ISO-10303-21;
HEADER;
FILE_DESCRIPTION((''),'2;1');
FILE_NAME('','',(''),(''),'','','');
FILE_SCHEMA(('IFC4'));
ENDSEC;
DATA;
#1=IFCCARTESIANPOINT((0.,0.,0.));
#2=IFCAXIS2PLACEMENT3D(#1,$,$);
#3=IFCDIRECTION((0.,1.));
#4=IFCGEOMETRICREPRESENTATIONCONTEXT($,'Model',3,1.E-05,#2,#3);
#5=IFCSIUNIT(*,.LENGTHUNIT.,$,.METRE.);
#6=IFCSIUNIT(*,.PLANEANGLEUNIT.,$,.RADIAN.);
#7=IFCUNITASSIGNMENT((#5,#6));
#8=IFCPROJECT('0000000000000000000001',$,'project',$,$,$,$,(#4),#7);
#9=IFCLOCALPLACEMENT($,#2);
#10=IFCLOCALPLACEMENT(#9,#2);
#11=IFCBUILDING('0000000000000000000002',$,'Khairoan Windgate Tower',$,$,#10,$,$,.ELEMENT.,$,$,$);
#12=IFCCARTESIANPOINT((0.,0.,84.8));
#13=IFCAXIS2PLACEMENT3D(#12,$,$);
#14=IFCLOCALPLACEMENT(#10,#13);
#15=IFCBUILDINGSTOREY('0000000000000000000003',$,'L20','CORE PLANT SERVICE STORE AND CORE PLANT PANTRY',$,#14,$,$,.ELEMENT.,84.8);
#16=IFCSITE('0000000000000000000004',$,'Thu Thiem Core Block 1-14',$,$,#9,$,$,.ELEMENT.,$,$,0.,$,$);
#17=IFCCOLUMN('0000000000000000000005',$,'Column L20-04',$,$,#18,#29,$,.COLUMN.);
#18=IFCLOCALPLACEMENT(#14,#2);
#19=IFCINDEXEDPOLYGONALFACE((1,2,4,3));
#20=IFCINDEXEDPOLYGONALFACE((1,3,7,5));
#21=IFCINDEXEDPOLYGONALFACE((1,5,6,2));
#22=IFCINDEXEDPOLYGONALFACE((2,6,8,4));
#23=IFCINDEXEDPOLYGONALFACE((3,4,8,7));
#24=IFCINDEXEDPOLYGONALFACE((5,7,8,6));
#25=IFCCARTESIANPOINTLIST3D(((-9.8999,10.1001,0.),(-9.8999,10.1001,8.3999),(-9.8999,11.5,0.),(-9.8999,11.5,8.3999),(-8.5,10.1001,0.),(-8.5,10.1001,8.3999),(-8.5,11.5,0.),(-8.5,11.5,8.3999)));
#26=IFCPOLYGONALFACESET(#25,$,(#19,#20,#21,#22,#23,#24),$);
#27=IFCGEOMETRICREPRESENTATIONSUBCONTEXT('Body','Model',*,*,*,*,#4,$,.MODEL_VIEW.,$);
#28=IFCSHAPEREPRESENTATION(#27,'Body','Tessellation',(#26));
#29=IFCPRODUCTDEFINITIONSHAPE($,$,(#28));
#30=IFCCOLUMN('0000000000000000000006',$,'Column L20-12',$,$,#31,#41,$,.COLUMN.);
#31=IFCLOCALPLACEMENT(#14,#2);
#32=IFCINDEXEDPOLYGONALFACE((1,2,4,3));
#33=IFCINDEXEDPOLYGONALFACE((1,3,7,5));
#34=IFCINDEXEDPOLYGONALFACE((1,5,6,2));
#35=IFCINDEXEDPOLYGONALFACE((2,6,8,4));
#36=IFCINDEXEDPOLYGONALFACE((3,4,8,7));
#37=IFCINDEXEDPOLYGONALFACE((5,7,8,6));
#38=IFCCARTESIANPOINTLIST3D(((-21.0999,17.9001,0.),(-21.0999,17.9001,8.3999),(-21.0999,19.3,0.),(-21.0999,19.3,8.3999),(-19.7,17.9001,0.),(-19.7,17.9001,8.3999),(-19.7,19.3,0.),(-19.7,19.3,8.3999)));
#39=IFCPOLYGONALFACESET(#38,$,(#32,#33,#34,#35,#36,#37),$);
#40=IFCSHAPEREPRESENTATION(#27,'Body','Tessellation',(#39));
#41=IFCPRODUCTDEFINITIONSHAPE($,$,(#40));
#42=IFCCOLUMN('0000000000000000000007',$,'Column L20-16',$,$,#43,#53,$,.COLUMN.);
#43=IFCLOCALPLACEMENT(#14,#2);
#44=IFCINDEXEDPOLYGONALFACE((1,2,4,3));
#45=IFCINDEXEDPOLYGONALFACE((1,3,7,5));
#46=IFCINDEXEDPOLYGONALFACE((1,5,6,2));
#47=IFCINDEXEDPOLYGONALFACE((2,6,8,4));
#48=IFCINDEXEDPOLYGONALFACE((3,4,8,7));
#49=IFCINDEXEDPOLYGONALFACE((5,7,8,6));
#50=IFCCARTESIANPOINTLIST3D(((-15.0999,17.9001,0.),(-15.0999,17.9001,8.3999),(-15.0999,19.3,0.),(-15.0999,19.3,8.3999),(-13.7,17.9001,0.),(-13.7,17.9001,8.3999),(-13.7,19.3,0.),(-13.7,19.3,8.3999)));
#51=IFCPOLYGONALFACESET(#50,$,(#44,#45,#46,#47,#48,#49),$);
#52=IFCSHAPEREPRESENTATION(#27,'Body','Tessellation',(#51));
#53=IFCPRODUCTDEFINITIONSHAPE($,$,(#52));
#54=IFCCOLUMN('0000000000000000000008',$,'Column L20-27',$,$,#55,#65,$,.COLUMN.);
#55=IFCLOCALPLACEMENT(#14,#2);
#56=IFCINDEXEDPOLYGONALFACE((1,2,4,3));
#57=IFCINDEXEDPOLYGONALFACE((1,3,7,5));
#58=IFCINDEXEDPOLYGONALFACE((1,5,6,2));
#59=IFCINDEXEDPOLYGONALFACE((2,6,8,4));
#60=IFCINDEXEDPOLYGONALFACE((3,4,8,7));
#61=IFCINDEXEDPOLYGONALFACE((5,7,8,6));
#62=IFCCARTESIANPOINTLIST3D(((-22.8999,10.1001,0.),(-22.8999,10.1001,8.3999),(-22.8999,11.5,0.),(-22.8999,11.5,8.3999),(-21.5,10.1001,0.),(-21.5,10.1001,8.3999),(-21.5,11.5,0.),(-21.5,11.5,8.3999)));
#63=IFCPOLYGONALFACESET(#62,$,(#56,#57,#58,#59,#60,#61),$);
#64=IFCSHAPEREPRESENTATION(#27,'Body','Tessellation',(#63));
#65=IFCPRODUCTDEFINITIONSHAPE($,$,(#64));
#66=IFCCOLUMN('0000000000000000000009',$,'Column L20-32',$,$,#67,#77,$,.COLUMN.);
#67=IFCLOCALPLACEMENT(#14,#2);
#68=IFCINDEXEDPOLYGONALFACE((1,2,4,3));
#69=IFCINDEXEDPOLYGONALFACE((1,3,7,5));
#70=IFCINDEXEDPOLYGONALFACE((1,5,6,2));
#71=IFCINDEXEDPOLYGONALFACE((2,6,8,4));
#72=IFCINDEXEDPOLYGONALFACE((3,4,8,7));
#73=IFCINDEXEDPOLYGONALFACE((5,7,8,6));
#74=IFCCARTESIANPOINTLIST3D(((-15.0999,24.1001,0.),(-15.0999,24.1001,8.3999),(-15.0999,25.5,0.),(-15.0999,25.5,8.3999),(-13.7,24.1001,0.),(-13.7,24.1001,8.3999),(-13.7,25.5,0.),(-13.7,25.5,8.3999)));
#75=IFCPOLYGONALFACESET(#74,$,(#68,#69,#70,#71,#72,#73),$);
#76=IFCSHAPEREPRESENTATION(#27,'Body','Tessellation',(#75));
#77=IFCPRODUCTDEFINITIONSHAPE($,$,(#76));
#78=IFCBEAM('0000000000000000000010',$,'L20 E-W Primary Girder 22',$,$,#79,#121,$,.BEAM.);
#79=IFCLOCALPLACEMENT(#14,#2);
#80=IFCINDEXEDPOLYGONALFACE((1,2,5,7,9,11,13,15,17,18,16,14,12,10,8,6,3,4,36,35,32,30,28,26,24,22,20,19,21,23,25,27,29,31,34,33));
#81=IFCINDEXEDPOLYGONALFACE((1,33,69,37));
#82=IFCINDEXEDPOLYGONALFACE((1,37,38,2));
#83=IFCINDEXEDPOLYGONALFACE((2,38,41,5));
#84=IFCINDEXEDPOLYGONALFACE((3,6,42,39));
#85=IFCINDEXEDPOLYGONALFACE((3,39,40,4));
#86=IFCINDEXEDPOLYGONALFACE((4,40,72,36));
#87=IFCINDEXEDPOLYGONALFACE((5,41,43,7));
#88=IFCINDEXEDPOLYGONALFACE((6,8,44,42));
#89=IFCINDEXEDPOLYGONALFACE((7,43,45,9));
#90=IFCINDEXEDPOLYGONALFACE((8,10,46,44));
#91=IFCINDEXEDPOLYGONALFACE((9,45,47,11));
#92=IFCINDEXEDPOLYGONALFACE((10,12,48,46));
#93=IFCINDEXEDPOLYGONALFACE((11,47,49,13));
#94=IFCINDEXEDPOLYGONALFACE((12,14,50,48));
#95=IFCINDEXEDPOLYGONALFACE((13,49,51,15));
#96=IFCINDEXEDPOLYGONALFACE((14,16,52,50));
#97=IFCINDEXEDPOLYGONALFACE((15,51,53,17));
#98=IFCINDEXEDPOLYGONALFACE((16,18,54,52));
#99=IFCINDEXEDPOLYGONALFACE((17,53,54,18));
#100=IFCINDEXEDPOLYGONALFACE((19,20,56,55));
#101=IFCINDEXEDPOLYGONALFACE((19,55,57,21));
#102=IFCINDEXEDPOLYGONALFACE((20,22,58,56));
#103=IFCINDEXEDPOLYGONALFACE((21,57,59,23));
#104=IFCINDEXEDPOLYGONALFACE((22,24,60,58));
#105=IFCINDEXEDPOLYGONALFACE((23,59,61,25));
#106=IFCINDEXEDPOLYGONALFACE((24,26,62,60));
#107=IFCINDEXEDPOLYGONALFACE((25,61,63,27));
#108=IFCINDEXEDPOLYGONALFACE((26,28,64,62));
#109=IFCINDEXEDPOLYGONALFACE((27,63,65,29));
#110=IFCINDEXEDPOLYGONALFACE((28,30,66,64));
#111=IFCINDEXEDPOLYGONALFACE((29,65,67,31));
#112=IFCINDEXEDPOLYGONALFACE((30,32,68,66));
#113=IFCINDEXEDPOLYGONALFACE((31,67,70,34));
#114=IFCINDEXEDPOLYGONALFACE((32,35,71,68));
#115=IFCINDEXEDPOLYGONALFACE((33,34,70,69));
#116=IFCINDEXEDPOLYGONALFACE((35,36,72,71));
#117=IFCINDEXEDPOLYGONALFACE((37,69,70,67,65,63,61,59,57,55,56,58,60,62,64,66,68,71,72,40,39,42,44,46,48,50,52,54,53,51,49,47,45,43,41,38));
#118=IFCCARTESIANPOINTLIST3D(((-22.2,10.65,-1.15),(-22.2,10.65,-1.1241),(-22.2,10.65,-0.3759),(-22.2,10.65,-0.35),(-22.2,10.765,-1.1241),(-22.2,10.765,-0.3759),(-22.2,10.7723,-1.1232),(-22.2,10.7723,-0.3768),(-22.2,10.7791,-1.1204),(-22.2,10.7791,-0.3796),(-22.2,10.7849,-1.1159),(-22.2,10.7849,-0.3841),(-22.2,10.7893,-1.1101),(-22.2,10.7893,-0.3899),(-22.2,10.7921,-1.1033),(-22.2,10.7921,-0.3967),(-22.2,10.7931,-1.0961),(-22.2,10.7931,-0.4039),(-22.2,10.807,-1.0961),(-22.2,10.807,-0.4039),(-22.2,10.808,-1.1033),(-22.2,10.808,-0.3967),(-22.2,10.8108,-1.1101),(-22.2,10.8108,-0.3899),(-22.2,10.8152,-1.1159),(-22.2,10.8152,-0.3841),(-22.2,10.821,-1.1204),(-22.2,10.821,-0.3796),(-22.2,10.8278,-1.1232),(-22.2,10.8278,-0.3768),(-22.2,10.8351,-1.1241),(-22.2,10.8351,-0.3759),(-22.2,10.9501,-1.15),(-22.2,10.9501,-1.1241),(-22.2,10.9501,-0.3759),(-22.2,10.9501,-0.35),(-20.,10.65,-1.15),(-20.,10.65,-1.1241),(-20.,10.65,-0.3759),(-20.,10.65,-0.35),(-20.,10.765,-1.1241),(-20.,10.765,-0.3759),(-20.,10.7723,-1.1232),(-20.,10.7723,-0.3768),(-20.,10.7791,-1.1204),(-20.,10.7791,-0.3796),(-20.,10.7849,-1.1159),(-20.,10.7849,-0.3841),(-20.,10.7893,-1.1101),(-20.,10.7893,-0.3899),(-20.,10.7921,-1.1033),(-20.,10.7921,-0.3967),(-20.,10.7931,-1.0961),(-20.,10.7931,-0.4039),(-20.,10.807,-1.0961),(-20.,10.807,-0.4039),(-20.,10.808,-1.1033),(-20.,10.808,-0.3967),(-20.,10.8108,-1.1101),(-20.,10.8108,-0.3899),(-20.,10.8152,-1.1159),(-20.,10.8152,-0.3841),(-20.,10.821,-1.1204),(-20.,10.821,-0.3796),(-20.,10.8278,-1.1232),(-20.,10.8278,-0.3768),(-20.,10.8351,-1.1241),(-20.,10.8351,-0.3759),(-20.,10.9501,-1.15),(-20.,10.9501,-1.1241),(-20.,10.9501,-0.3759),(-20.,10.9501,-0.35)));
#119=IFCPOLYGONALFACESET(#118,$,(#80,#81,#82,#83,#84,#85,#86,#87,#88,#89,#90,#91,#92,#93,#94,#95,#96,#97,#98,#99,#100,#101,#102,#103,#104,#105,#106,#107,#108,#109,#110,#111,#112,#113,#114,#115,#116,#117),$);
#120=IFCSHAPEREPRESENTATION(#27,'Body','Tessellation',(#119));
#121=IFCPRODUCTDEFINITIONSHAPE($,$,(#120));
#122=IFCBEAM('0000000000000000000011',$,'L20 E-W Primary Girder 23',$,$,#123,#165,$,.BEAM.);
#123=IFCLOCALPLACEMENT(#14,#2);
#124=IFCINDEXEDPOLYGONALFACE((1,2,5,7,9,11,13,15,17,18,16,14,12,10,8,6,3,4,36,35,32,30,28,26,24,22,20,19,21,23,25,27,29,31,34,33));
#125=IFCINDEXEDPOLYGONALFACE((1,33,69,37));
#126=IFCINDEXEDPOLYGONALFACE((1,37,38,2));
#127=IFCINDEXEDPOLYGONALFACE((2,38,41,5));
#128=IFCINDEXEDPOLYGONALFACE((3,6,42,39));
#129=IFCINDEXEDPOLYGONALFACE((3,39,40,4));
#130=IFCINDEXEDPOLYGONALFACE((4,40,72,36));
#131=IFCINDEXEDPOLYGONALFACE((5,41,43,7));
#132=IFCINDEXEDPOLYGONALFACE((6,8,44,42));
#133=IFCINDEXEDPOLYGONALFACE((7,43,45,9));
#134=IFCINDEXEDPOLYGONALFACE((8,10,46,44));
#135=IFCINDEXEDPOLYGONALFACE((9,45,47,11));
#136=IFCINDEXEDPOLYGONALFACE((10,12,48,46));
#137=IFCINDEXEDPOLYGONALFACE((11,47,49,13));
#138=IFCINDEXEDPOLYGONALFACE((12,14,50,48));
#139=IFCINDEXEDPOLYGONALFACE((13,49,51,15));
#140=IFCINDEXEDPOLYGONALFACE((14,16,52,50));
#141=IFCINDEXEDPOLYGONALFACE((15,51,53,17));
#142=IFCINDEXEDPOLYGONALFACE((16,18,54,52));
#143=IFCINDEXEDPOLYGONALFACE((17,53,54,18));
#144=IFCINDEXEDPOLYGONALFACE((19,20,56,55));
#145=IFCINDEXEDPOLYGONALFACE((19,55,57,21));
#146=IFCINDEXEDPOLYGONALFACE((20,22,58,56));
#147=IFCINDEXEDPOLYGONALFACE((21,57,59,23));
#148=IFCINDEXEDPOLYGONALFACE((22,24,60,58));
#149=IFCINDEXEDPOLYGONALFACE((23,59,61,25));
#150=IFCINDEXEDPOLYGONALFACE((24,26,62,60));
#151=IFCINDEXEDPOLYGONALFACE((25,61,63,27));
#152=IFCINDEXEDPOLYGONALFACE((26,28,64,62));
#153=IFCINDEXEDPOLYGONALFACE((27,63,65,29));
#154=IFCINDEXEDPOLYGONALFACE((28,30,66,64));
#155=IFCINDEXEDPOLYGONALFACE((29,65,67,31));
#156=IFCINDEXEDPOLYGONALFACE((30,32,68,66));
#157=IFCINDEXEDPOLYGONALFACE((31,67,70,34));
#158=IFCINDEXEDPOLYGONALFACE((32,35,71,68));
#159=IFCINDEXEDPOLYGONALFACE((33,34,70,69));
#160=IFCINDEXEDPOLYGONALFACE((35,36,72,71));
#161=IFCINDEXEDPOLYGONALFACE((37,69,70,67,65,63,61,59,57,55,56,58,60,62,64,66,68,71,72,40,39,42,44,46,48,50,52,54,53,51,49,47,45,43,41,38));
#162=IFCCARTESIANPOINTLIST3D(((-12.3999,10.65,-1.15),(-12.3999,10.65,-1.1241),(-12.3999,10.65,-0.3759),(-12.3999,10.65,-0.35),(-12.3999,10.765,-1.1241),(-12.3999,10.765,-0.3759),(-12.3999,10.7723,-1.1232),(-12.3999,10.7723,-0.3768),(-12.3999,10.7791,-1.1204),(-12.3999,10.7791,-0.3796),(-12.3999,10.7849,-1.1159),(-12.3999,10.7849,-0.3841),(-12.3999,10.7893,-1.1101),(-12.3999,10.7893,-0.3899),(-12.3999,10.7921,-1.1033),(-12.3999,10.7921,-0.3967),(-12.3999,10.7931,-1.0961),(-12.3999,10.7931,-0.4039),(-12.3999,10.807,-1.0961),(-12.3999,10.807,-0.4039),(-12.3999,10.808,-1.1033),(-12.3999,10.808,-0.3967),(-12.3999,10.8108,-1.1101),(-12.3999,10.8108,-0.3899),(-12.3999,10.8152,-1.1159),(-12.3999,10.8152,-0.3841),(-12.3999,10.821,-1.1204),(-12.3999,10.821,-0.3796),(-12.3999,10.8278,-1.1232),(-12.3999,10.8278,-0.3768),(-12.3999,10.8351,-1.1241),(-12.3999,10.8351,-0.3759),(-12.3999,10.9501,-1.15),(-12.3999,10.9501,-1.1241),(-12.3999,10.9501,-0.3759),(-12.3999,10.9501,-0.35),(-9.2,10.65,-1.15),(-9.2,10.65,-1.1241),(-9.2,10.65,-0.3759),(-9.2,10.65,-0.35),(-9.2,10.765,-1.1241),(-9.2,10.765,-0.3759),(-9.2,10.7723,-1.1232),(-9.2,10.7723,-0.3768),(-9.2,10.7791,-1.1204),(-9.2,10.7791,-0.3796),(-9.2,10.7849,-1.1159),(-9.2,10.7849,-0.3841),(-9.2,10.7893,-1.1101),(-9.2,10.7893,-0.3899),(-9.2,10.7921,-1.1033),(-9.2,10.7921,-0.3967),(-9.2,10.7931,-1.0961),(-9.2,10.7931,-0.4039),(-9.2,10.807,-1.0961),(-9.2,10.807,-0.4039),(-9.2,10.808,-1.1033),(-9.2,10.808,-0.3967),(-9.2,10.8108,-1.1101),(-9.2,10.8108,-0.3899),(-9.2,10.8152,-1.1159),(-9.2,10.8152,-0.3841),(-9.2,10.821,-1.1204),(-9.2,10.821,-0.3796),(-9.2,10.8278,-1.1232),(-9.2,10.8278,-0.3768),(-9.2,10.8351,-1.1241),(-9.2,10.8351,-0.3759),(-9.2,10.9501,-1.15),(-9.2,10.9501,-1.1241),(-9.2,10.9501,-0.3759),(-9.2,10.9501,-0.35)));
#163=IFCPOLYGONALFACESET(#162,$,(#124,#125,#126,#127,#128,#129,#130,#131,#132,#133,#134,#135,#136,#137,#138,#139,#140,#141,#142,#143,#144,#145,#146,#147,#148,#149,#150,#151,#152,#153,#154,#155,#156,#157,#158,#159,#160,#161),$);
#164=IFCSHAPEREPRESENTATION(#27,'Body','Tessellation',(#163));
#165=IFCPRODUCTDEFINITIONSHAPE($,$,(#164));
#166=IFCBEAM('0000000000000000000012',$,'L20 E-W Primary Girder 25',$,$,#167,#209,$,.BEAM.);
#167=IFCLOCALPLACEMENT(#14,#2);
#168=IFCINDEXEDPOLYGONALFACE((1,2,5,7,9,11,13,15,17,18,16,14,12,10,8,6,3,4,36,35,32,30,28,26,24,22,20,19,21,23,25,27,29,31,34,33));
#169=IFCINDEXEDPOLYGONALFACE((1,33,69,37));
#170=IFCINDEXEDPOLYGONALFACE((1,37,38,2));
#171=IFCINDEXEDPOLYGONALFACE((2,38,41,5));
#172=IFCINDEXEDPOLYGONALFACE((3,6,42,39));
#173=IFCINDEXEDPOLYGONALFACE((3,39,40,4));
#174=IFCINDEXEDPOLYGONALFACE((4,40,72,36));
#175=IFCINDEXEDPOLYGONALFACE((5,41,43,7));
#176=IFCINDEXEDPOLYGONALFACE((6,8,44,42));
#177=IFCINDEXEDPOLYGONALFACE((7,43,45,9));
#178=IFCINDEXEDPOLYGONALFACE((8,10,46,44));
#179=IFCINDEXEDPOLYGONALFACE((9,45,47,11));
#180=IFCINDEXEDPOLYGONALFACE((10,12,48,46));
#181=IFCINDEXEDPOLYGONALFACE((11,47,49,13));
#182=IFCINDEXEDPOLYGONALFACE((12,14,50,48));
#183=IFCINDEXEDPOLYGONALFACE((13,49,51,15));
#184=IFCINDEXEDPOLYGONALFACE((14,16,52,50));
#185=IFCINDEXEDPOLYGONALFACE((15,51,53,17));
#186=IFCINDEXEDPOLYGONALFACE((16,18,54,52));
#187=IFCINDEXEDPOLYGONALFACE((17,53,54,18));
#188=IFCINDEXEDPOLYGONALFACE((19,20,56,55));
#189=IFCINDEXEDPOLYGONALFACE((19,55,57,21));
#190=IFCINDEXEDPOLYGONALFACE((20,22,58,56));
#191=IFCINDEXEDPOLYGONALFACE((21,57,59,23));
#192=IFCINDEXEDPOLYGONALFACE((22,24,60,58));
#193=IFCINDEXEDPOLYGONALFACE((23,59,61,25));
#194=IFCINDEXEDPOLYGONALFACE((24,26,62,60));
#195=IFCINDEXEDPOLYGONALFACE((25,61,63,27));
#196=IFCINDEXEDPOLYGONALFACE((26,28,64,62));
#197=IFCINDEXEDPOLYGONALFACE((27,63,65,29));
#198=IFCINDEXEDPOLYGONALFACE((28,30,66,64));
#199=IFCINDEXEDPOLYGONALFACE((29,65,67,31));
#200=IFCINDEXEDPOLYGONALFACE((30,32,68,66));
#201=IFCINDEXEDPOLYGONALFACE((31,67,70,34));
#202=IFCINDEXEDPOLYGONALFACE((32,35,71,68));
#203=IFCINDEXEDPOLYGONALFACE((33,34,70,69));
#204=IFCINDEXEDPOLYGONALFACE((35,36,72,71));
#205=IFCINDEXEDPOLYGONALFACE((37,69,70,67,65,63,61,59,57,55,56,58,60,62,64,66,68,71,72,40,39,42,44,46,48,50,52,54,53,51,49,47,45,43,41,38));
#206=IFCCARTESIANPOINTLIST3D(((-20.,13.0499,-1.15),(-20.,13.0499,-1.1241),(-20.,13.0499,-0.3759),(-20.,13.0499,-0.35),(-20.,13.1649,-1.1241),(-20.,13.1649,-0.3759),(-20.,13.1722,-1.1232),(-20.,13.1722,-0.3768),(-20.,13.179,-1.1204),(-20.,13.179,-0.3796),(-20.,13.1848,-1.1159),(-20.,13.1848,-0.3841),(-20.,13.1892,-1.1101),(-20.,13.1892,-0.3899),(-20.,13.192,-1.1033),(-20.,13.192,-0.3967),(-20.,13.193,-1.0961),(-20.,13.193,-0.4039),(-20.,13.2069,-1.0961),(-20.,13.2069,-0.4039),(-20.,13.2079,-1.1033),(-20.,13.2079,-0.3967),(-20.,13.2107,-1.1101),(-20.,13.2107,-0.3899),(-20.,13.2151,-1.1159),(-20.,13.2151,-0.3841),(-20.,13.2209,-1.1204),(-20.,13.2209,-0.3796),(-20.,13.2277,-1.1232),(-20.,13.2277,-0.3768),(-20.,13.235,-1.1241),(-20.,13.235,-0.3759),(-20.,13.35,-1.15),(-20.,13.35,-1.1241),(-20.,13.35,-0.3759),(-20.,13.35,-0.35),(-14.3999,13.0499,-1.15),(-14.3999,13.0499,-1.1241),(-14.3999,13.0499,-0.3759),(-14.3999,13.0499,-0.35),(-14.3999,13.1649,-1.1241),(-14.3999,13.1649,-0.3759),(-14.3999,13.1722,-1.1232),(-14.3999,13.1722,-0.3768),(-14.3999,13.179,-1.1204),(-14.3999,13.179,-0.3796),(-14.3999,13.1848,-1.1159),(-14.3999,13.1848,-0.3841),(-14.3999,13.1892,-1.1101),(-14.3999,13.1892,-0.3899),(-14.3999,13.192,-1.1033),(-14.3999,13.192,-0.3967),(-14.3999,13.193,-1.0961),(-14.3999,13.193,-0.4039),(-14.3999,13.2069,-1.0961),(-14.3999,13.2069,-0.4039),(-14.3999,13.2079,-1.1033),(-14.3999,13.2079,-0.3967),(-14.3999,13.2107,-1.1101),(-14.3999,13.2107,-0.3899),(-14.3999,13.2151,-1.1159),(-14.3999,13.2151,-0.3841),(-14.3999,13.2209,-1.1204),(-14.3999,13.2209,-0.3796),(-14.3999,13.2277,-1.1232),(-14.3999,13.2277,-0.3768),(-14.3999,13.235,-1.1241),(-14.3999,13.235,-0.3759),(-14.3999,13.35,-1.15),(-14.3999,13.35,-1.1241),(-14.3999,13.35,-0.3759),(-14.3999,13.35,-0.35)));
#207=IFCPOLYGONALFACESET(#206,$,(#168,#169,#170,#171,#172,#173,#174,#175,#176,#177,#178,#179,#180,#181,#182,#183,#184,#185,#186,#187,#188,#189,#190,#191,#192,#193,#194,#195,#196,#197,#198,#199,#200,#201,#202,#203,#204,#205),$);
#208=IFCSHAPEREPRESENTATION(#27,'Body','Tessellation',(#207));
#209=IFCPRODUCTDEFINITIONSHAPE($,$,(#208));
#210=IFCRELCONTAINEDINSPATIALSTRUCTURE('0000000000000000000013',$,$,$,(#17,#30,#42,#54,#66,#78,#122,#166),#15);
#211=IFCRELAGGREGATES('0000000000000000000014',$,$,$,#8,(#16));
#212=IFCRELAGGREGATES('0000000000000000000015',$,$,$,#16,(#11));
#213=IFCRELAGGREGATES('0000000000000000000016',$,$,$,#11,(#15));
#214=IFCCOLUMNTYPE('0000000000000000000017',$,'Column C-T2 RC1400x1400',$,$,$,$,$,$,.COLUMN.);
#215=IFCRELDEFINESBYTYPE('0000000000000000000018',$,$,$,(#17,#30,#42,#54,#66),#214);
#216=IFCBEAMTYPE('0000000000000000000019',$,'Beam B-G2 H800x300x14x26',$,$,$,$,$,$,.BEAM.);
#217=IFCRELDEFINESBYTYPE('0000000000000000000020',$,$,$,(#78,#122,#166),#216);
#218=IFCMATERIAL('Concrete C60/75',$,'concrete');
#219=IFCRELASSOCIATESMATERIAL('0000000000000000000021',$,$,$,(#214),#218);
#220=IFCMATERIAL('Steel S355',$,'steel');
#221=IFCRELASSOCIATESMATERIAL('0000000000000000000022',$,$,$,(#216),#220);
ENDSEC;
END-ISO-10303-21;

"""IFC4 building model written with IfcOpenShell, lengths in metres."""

from ifc_helpers import new_model, si_unit, direction, frame, origin, origin_2d, place, context, subcontext, project, spatial, rectangle, i_section, extrude, material, material_profile, profile_set, type_object, element, save


model = new_model("IFC4")

# Units and contexts
model_context = context("Model", 3, precision=1e-05, world=origin(), true_north=direction((0.0, 1.0)))
body_context = subcontext(model_context, "Body", "Model", "MODEL_VIEW")
ifc_project = project(units=[si_unit("LENGTHUNIT", "METRE"), si_unit("PLANEANGLEUNIT", "RADIAN")], contexts=[model_context])

# Site, building, storey
site_placement = place(None, origin())
site = spatial("IfcSite", under=ifc_project, at=site_placement, Name="Thu Thiem Core Block 1-14", CompositionType="ELEMENT", RefElevation=0.0)
building_placement = place(site_placement, origin())
building = spatial("IfcBuilding", under=site, at=building_placement, Name="Khairoan Windgate Tower", CompositionType="ELEMENT")
storey_placement = place(building_placement, frame((0.0, 0.0, 84.8)))
storey = spatial("IfcBuildingStorey", under=building, at=storey_placement, Name="L20", Description="CORE PLANT SERVICE STORE AND CORE PLANT PANTRY", CompositionType="ELEMENT", Elevation=84.8)

# Columns
ifc_material_1 = material(Name="Concrete C60/75", Category="concrete")
ifc_material_profile_1 = material_profile(ifc_material_1, rectangle(XDim=1.3999, YDim=1.3999, at=origin_2d()))
ifc_profile_set_1 = profile_set([ifc_material_profile_1], Name="Concrete C60/75")
column_type = type_object("IfcColumnType", Name="Column C-T2 RC1400x1400", PredefinedType="COLUMN", material=ifc_profile_set_1)
for number, where, z_axis, x_axis, name in (
    (1, (-9.2, 10.8, 0.0), (0.0, 0.0, 1.0), (1.0, 0.0, 0.0), "Column L20-04"),
    (2, (-20.3999, 18.6001, 0.0), (0.0, 0.0, 1.0), (1.0, 0.0, 0.0), "Column L20-12"),
    (3, (-14.3999, 18.6001, 0.0), (0.0, 0.0, 1.0), (1.0, 0.0, 0.0), "Column L20-16"),
    (4, (-22.2, 10.8, 0.0), (0.0, 0.0, 1.0), (1.0, 0.0, 0.0), "Column L20-27"),
    (5, (-14.3999, 24.8, 0.0), (0.0, 0.0, 1.0), (1.0, 0.0, 0.0), "Column L20-32"),
):
    element("IfcColumn", number, at=place(storey_placement, frame(where, z_axis=z_axis, x_axis=x_axis)), inside=storey, type_object=column_type, Name=name, PredefinedType="COLUMN", context=body_context, shape_type="SweptSolid", body=[
        extrude(rectangle(XDim=1.3999, YDim=1.3999, at=origin_2d()), origin(), (0.0, 0.0, 1.0), 8.3999),
    ])

# Beams
ifc_material_2 = material(Name="Steel S355", Category="steel")
ifc_material_profile_2 = material_profile(ifc_material_2, i_section(OverallWidth=0.3, OverallDepth=0.8, WebThickness=0.0139, FlangeThickness=0.0259, FilletRadius=0.0281, at=origin_2d()))
ifc_profile_set_2 = profile_set([ifc_material_profile_2], Name="Steel S355")
beam_type_1 = type_object("IfcBeamType", Name="Beam B-G2 H800x300x14x26", PredefinedType="BEAM", material=ifc_profile_set_2)
beam_1_placement = place(storey_placement, frame((-22.2, 10.8, -0.75), z_axis=(1.0, 0.0, 0.0), x_axis=(0.0, 1.0, 0.0)))
element("IfcBeam", 6, at=beam_1_placement, inside=storey, type_object=beam_type_1, Name="L20 E-W Primary Girder 22", PredefinedType="BEAM", context=body_context, shape_type="SweptSolid", body=[
    extrude(i_section(OverallWidth=0.3, OverallDepth=0.8, WebThickness=0.0139, FlangeThickness=0.0259, FilletRadius=0.0281, at=origin_2d()), origin(), (0.0, 0.0, 1.0), 2.2),
])
beam_2_placement = place(storey_placement, frame((-12.3999, 10.8, -0.75), z_axis=(1.0, 0.0, 0.0), x_axis=(0.0, 1.0, 0.0)))
element("IfcBeam", 7, at=beam_2_placement, inside=storey, type_object=beam_type_1, Name="L20 E-W Primary Girder 23", PredefinedType="BEAM", context=body_context, shape_type="SweptSolid", body=[
    extrude(i_section(OverallWidth=0.3, OverallDepth=0.8, WebThickness=0.0139, FlangeThickness=0.0259, FilletRadius=0.0281, at=origin_2d()), origin(), (0.0, 0.0, 1.0), 3.2),
])
beam_3_placement = place(storey_placement, frame((-20.0, 13.2, -0.75), z_axis=(1.0, 0.0, 0.0), x_axis=(0.0, 1.0, 0.0)))
element("IfcBeam", 8, at=beam_3_placement, inside=storey, type_object=beam_type_1, Name="L20 E-W Primary Girder 25", PredefinedType="BEAM", context=body_context, shape_type="SweptSolid", body=[
    extrude(i_section(OverallWidth=0.3, OverallDepth=0.8, WebThickness=0.0139, FlangeThickness=0.0259, FilletRadius=0.0281, at=origin_2d()), origin(), (0.0, 0.0, 1.0), 5.6001),
])

save(model, "model.ifc")
